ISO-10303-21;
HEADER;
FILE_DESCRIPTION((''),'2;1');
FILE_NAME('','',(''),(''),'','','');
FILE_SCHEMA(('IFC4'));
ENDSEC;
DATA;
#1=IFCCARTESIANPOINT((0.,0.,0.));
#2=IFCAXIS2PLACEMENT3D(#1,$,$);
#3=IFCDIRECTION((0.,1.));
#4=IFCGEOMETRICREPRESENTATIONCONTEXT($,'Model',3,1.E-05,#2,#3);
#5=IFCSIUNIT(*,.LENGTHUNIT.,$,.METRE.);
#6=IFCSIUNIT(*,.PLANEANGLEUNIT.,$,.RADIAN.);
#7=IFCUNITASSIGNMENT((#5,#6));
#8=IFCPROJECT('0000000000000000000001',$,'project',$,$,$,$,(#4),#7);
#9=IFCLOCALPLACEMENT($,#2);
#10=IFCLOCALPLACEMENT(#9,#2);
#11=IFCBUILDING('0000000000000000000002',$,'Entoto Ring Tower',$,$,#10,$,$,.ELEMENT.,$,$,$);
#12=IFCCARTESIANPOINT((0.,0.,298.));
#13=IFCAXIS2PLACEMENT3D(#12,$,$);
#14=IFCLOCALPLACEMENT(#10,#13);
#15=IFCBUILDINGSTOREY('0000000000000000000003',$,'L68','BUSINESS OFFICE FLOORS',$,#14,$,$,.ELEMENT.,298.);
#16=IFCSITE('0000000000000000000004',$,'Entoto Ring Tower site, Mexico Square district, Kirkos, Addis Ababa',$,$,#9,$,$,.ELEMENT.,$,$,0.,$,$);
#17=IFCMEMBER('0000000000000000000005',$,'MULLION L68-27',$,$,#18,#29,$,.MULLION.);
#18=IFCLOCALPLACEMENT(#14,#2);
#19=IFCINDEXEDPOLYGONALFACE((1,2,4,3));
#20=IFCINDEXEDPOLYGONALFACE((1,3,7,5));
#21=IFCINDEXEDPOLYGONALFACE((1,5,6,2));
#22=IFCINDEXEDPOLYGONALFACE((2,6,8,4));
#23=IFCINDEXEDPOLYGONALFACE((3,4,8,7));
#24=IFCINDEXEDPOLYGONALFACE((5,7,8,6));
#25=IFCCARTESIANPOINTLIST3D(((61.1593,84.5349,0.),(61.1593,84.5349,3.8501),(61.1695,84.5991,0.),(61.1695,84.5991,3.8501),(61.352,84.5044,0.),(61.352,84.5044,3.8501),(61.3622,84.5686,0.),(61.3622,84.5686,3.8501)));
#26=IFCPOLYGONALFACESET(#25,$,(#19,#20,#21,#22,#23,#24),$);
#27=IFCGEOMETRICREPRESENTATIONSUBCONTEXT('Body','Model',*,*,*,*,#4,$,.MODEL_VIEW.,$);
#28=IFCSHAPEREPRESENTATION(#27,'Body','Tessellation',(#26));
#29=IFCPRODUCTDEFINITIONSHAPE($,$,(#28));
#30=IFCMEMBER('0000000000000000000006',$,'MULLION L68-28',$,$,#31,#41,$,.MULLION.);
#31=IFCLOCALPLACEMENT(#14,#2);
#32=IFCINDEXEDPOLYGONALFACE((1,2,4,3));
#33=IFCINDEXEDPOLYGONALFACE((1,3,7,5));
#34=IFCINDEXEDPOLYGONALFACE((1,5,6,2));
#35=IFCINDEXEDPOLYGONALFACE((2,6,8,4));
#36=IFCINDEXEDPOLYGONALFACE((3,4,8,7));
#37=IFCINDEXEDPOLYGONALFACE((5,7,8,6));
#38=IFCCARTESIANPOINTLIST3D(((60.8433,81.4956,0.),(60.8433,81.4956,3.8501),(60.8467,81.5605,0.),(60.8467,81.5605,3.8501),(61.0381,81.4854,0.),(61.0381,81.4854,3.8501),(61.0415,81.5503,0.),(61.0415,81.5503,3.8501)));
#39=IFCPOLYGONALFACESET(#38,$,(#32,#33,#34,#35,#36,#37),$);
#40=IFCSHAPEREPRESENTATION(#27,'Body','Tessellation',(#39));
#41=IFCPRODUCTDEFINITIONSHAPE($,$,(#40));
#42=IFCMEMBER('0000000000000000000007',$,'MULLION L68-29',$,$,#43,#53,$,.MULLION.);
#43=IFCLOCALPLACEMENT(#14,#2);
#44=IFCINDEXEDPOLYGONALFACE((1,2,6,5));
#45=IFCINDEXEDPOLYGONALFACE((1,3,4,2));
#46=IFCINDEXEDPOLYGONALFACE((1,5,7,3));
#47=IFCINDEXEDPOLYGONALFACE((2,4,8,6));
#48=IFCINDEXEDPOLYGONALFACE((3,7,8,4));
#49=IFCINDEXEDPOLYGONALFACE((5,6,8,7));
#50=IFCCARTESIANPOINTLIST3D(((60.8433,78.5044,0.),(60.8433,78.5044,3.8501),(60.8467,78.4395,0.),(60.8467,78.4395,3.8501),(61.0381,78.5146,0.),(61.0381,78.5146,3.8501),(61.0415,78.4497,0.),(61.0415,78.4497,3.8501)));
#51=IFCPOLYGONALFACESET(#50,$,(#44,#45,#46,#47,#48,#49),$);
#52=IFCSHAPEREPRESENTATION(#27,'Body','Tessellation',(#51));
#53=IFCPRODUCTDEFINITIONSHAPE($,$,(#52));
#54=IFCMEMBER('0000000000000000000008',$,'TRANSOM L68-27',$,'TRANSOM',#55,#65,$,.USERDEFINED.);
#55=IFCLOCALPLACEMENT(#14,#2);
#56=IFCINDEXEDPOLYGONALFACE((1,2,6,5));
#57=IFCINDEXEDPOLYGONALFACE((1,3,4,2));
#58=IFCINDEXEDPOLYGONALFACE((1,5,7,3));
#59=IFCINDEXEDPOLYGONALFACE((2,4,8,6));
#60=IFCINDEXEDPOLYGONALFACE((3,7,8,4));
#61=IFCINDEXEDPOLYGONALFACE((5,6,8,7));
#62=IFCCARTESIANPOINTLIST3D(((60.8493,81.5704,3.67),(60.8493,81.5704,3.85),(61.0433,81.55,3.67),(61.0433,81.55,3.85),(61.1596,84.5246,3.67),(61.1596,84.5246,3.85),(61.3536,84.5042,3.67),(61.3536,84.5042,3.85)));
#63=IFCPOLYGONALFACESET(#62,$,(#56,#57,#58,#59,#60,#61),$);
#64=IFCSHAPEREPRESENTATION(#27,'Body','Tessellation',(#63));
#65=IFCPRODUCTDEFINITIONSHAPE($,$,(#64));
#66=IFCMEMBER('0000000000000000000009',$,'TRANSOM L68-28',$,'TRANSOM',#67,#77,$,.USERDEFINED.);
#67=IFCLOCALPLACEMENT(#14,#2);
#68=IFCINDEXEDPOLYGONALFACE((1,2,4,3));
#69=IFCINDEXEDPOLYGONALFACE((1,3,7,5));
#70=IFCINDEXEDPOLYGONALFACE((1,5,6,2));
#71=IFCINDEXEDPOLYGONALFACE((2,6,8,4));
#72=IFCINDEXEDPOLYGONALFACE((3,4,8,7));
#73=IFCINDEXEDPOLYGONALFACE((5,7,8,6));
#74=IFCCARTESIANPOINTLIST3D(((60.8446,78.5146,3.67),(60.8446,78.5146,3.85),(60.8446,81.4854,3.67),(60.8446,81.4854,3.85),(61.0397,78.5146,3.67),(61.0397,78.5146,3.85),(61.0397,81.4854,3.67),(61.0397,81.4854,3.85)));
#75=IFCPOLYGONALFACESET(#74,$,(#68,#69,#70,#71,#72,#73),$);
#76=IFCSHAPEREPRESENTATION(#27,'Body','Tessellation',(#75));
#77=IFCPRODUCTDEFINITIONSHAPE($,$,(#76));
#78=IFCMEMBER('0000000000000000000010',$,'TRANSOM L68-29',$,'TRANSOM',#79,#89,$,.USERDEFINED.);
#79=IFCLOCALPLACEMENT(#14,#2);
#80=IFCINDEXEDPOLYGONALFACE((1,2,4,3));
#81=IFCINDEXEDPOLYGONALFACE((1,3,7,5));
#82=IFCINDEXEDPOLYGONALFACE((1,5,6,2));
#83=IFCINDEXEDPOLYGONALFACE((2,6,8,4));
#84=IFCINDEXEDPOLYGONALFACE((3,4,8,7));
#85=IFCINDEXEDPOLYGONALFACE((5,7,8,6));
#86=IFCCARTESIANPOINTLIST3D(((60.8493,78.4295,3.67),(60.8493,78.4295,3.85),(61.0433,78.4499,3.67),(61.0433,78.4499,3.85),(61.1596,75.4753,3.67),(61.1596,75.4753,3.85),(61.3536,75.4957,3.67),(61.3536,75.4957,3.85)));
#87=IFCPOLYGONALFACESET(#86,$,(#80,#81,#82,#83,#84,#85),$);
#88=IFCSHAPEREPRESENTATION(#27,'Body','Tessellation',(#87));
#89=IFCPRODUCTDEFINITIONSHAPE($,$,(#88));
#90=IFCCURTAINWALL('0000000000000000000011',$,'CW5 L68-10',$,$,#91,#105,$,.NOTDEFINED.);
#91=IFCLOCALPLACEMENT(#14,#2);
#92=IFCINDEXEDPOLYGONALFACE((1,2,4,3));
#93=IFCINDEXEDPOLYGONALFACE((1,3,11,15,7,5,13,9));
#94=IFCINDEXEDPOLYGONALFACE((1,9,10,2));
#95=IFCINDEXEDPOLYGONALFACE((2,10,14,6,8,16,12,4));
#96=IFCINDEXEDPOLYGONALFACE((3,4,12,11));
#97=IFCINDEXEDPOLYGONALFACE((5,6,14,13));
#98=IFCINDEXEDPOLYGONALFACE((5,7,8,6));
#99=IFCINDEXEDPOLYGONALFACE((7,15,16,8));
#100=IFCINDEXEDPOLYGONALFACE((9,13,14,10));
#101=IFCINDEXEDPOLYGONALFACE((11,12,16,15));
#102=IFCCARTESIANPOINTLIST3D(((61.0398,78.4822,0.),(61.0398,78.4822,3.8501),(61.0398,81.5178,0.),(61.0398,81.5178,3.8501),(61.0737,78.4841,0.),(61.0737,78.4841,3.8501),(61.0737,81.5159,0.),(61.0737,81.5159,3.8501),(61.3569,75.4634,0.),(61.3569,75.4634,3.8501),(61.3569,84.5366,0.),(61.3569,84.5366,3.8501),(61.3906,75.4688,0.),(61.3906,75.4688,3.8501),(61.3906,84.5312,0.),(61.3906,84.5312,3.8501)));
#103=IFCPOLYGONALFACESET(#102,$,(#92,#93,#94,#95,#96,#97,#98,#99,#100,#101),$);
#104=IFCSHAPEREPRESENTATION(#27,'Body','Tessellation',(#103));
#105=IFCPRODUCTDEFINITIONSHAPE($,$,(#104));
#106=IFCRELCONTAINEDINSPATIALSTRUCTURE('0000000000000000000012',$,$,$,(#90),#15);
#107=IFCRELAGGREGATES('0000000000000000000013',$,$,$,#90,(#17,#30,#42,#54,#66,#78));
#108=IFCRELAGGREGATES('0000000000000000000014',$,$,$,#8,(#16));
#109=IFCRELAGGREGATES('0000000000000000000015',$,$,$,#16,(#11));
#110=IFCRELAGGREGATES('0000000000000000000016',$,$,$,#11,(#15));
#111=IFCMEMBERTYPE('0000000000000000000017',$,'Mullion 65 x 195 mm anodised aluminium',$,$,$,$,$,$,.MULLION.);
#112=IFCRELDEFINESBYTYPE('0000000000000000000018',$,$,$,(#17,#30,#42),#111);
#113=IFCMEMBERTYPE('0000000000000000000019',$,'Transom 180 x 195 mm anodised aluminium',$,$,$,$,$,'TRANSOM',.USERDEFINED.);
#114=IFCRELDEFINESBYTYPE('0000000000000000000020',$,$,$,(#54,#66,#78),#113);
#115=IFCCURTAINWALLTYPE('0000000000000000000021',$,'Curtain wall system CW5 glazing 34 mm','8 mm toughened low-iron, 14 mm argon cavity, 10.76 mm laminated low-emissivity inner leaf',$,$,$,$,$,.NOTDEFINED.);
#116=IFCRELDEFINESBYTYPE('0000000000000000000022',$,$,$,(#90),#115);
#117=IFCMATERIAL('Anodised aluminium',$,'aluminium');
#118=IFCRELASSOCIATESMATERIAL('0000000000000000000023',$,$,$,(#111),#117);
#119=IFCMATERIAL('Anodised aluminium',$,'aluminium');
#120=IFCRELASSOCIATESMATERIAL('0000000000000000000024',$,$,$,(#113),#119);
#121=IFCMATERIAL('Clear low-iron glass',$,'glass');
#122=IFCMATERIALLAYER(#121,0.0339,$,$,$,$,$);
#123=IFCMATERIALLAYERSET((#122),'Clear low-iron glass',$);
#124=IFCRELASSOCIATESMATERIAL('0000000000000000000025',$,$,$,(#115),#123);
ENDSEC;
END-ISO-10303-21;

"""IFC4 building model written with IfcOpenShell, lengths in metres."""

from ifc_helpers import new_model, si_unit, direction, frame, origin, origin_2d, place, context, subcontext, project, spatial, polyline, rectangle, outline, extrude, material, layer, layer_set, material_profile, profile_set, type_object, element, aggregate, save


model = new_model("IFC4")

# Units and contexts
model_context = context("Model", 3, precision=1e-05, world=origin(), true_north=direction((0.0, 1.0)))
body_context = subcontext(model_context, "Body", "Model", "MODEL_VIEW")
ifc_project = project(units=[si_unit("LENGTHUNIT", "METRE"), si_unit("PLANEANGLEUNIT", "RADIAN")], contexts=[model_context])

# Members
ifc_material_1 = material(Name="Anodised aluminium", Category="aluminium")
ifc_material_profile_1 = material_profile(ifc_material_1, rectangle(XDim=0.0649, YDim=0.1951, at=origin_2d()), Name="Mullion 65 x 195 mm anodised aluminium")
ifc_profile_set_1 = profile_set([ifc_material_profile_1], Name="Anodised aluminium")
member_type_1 = type_object("IfcMemberType", Name="Mullion 65 x 195 mm anodised aluminium", PredefinedType="MULLION", material=ifc_profile_set_1)
site_placement = place(None, origin())
building_placement = place(site_placement, origin())
storey_placement = place(building_placement, frame((0.0, 0.0, 298.0)))
member_1_placement = place(storey_placement, frame((61.2607, 84.5518, 0.0), z_axis=(0.0, 0.0, 1.0), x_axis=(-0.156434, -0.987688, 0.0)))
member_1 = element("IfcMember", 1, at=member_1_placement, type_object=member_type_1, Name="MULLION L68-27", PredefinedType="MULLION", context=body_context, shape_type="SweptSolid", body=[
    extrude(rectangle(XDim=0.0649, YDim=0.1951, at=origin_2d()), origin(), (0.0, 0.0, 1.0), 3.8501),
])
member_2_placement = place(storey_placement, frame((60.9424, 81.5229, 0.0), z_axis=(0.0, 0.0, 1.0), x_axis=(-0.052336, -0.99863, 0.0)))
member_2 = element("IfcMember", 2, at=member_2_placement, type_object=member_type_1, Name="MULLION L68-28", PredefinedType="MULLION", context=body_context, shape_type="SweptSolid", body=[
    extrude(rectangle(XDim=0.0649, YDim=0.1951, at=origin_2d()), origin(), (0.0, 0.0, 1.0), 3.8501),
])
member_3_placement = place(storey_placement, frame((60.9424, 78.4771, 0.0), z_axis=(0.0, 0.0, 1.0), x_axis=(0.052336, -0.99863, 0.0)))
member_3 = element("IfcMember", 3, at=member_3_placement, type_object=member_type_1, Name="MULLION L68-29", PredefinedType="MULLION", context=body_context, shape_type="SweptSolid", body=[
    extrude(rectangle(XDim=0.0649, YDim=0.1951, at=origin_2d()), origin(), (0.0, 0.0, 1.0), 3.8501),
])
ifc_material_2 = material(Name="Anodised aluminium", Category="aluminium")
ifc_material_profile_2 = material_profile(ifc_material_2, rectangle(XDim=0.1951, YDim=0.1799, at=origin_2d()), Name="Transom 180 x 195 mm anodised aluminium")
ifc_profile_set_2 = profile_set([ifc_material_profile_2], Name="Anodised aluminium")
member_type_2 = type_object("IfcMemberType", Name="Transom 180 x 195 mm anodised aluminium", ElementType="TRANSOM", PredefinedType="USERDEFINED", material=ifc_profile_set_2)
member_4_placement = place(storey_placement, frame((61.2566, 84.5144, 3.76), z_axis=(-0.104467, -0.994528, 0.0), x_axis=(0.994528, -0.104467, 0.0)))
member_4 = element("IfcMember", 4, at=member_4_placement, type_object=member_type_2, Name="TRANSOM L68-27", ObjectType="TRANSOM", PredefinedType="USERDEFINED", context=body_context, shape_type="SweptSolid", body=[
    extrude(rectangle(XDim=0.1951, YDim=0.1799, at=origin_2d()), origin(), (0.0, 0.0, 1.0), 2.9705),
])
member_5_placement = place(storey_placement, frame((60.9421, 81.4854, 3.76), z_axis=(0.0, -1.0, 0.0), x_axis=(1.0, 0.0, 0.0)))
member_5 = element("IfcMember", 5, at=member_5_placement, type_object=member_type_2, Name="TRANSOM L68-28", ObjectType="TRANSOM", PredefinedType="USERDEFINED", context=body_context, shape_type="SweptSolid", body=[
    extrude(rectangle(XDim=0.1951, YDim=0.1799, at=origin_2d()), origin(), (0.0, 0.0, 1.0), 2.9707),
])
member_6_placement = place(storey_placement, frame((60.9463, 78.4397, 3.76), z_axis=(0.104467, -0.994528, 0.0), x_axis=(0.994528, 0.104467, 0.0)))
member_6 = element("IfcMember", 6, at=member_6_placement, type_object=member_type_2, Name="TRANSOM L68-29", ObjectType="TRANSOM", PredefinedType="USERDEFINED", context=body_context, shape_type="SweptSolid", body=[
    extrude(rectangle(XDim=0.1951, YDim=0.1799, at=origin_2d()), origin(), (0.0, 0.0, 1.0), 2.9705),
])

# Site, building, storey
site = spatial("IfcSite", under=ifc_project, at=site_placement, Name="Entoto Ring Tower site, Mexico Square district, Kirkos, Addis Ababa", CompositionType="ELEMENT", RefElevation=0.0)
building = spatial("IfcBuilding", under=site, at=building_placement, Name="Entoto Ring Tower", CompositionType="ELEMENT")
storey = spatial("IfcBuildingStorey", under=building, at=storey_placement, Name="L68", Description="BUSINESS OFFICE FLOORS", CompositionType="ELEMENT", Elevation=298.0)

# Curtain wall
ifc_material_3 = material(Name="Clear low-iron glass", Category="glass")
ifc_layer = layer(ifc_material_3, 0.0339)
ifc_layer_set = layer_set([ifc_layer], Name="Clear low-iron glass")
curtain_wall_type = type_object("IfcCurtainWallType", Name="Curtain wall system CW5 glazing 34 mm", Description="8 mm toughened low-iron, 14 mm argon cavity, 10.76 mm laminated low-emissivity inner leaf", PredefinedType="NOTDEFINED", material=ifc_layer_set)
curtain_wall_1_placement = place(storey_placement, origin())
curtain_wall_1 = element("IfcCurtainWall", 7, at=curtain_wall_1_placement, inside=storey, type_object=curtain_wall_type, Name="CW5 L68-10", PredefinedType="NOTDEFINED", context=body_context, shape_type="SweptSolid", body=[
    extrude(outline(polyline([(61.3569, 84.5366), (61.0398, 81.5178), (61.0398, 78.4822), (61.3569, 75.4634), (61.3906, 75.4688), (61.0737, 78.4841), (61.0737, 81.5159), (61.3906, 84.5312), (61.3569, 84.5366)])), origin(), (0.0, 0.0, 1.0), 3.8501),
])
aggregate(curtain_wall_1, [member_1, member_2, member_3, member_4, member_5, member_6])

save(model, "model.ifc")
